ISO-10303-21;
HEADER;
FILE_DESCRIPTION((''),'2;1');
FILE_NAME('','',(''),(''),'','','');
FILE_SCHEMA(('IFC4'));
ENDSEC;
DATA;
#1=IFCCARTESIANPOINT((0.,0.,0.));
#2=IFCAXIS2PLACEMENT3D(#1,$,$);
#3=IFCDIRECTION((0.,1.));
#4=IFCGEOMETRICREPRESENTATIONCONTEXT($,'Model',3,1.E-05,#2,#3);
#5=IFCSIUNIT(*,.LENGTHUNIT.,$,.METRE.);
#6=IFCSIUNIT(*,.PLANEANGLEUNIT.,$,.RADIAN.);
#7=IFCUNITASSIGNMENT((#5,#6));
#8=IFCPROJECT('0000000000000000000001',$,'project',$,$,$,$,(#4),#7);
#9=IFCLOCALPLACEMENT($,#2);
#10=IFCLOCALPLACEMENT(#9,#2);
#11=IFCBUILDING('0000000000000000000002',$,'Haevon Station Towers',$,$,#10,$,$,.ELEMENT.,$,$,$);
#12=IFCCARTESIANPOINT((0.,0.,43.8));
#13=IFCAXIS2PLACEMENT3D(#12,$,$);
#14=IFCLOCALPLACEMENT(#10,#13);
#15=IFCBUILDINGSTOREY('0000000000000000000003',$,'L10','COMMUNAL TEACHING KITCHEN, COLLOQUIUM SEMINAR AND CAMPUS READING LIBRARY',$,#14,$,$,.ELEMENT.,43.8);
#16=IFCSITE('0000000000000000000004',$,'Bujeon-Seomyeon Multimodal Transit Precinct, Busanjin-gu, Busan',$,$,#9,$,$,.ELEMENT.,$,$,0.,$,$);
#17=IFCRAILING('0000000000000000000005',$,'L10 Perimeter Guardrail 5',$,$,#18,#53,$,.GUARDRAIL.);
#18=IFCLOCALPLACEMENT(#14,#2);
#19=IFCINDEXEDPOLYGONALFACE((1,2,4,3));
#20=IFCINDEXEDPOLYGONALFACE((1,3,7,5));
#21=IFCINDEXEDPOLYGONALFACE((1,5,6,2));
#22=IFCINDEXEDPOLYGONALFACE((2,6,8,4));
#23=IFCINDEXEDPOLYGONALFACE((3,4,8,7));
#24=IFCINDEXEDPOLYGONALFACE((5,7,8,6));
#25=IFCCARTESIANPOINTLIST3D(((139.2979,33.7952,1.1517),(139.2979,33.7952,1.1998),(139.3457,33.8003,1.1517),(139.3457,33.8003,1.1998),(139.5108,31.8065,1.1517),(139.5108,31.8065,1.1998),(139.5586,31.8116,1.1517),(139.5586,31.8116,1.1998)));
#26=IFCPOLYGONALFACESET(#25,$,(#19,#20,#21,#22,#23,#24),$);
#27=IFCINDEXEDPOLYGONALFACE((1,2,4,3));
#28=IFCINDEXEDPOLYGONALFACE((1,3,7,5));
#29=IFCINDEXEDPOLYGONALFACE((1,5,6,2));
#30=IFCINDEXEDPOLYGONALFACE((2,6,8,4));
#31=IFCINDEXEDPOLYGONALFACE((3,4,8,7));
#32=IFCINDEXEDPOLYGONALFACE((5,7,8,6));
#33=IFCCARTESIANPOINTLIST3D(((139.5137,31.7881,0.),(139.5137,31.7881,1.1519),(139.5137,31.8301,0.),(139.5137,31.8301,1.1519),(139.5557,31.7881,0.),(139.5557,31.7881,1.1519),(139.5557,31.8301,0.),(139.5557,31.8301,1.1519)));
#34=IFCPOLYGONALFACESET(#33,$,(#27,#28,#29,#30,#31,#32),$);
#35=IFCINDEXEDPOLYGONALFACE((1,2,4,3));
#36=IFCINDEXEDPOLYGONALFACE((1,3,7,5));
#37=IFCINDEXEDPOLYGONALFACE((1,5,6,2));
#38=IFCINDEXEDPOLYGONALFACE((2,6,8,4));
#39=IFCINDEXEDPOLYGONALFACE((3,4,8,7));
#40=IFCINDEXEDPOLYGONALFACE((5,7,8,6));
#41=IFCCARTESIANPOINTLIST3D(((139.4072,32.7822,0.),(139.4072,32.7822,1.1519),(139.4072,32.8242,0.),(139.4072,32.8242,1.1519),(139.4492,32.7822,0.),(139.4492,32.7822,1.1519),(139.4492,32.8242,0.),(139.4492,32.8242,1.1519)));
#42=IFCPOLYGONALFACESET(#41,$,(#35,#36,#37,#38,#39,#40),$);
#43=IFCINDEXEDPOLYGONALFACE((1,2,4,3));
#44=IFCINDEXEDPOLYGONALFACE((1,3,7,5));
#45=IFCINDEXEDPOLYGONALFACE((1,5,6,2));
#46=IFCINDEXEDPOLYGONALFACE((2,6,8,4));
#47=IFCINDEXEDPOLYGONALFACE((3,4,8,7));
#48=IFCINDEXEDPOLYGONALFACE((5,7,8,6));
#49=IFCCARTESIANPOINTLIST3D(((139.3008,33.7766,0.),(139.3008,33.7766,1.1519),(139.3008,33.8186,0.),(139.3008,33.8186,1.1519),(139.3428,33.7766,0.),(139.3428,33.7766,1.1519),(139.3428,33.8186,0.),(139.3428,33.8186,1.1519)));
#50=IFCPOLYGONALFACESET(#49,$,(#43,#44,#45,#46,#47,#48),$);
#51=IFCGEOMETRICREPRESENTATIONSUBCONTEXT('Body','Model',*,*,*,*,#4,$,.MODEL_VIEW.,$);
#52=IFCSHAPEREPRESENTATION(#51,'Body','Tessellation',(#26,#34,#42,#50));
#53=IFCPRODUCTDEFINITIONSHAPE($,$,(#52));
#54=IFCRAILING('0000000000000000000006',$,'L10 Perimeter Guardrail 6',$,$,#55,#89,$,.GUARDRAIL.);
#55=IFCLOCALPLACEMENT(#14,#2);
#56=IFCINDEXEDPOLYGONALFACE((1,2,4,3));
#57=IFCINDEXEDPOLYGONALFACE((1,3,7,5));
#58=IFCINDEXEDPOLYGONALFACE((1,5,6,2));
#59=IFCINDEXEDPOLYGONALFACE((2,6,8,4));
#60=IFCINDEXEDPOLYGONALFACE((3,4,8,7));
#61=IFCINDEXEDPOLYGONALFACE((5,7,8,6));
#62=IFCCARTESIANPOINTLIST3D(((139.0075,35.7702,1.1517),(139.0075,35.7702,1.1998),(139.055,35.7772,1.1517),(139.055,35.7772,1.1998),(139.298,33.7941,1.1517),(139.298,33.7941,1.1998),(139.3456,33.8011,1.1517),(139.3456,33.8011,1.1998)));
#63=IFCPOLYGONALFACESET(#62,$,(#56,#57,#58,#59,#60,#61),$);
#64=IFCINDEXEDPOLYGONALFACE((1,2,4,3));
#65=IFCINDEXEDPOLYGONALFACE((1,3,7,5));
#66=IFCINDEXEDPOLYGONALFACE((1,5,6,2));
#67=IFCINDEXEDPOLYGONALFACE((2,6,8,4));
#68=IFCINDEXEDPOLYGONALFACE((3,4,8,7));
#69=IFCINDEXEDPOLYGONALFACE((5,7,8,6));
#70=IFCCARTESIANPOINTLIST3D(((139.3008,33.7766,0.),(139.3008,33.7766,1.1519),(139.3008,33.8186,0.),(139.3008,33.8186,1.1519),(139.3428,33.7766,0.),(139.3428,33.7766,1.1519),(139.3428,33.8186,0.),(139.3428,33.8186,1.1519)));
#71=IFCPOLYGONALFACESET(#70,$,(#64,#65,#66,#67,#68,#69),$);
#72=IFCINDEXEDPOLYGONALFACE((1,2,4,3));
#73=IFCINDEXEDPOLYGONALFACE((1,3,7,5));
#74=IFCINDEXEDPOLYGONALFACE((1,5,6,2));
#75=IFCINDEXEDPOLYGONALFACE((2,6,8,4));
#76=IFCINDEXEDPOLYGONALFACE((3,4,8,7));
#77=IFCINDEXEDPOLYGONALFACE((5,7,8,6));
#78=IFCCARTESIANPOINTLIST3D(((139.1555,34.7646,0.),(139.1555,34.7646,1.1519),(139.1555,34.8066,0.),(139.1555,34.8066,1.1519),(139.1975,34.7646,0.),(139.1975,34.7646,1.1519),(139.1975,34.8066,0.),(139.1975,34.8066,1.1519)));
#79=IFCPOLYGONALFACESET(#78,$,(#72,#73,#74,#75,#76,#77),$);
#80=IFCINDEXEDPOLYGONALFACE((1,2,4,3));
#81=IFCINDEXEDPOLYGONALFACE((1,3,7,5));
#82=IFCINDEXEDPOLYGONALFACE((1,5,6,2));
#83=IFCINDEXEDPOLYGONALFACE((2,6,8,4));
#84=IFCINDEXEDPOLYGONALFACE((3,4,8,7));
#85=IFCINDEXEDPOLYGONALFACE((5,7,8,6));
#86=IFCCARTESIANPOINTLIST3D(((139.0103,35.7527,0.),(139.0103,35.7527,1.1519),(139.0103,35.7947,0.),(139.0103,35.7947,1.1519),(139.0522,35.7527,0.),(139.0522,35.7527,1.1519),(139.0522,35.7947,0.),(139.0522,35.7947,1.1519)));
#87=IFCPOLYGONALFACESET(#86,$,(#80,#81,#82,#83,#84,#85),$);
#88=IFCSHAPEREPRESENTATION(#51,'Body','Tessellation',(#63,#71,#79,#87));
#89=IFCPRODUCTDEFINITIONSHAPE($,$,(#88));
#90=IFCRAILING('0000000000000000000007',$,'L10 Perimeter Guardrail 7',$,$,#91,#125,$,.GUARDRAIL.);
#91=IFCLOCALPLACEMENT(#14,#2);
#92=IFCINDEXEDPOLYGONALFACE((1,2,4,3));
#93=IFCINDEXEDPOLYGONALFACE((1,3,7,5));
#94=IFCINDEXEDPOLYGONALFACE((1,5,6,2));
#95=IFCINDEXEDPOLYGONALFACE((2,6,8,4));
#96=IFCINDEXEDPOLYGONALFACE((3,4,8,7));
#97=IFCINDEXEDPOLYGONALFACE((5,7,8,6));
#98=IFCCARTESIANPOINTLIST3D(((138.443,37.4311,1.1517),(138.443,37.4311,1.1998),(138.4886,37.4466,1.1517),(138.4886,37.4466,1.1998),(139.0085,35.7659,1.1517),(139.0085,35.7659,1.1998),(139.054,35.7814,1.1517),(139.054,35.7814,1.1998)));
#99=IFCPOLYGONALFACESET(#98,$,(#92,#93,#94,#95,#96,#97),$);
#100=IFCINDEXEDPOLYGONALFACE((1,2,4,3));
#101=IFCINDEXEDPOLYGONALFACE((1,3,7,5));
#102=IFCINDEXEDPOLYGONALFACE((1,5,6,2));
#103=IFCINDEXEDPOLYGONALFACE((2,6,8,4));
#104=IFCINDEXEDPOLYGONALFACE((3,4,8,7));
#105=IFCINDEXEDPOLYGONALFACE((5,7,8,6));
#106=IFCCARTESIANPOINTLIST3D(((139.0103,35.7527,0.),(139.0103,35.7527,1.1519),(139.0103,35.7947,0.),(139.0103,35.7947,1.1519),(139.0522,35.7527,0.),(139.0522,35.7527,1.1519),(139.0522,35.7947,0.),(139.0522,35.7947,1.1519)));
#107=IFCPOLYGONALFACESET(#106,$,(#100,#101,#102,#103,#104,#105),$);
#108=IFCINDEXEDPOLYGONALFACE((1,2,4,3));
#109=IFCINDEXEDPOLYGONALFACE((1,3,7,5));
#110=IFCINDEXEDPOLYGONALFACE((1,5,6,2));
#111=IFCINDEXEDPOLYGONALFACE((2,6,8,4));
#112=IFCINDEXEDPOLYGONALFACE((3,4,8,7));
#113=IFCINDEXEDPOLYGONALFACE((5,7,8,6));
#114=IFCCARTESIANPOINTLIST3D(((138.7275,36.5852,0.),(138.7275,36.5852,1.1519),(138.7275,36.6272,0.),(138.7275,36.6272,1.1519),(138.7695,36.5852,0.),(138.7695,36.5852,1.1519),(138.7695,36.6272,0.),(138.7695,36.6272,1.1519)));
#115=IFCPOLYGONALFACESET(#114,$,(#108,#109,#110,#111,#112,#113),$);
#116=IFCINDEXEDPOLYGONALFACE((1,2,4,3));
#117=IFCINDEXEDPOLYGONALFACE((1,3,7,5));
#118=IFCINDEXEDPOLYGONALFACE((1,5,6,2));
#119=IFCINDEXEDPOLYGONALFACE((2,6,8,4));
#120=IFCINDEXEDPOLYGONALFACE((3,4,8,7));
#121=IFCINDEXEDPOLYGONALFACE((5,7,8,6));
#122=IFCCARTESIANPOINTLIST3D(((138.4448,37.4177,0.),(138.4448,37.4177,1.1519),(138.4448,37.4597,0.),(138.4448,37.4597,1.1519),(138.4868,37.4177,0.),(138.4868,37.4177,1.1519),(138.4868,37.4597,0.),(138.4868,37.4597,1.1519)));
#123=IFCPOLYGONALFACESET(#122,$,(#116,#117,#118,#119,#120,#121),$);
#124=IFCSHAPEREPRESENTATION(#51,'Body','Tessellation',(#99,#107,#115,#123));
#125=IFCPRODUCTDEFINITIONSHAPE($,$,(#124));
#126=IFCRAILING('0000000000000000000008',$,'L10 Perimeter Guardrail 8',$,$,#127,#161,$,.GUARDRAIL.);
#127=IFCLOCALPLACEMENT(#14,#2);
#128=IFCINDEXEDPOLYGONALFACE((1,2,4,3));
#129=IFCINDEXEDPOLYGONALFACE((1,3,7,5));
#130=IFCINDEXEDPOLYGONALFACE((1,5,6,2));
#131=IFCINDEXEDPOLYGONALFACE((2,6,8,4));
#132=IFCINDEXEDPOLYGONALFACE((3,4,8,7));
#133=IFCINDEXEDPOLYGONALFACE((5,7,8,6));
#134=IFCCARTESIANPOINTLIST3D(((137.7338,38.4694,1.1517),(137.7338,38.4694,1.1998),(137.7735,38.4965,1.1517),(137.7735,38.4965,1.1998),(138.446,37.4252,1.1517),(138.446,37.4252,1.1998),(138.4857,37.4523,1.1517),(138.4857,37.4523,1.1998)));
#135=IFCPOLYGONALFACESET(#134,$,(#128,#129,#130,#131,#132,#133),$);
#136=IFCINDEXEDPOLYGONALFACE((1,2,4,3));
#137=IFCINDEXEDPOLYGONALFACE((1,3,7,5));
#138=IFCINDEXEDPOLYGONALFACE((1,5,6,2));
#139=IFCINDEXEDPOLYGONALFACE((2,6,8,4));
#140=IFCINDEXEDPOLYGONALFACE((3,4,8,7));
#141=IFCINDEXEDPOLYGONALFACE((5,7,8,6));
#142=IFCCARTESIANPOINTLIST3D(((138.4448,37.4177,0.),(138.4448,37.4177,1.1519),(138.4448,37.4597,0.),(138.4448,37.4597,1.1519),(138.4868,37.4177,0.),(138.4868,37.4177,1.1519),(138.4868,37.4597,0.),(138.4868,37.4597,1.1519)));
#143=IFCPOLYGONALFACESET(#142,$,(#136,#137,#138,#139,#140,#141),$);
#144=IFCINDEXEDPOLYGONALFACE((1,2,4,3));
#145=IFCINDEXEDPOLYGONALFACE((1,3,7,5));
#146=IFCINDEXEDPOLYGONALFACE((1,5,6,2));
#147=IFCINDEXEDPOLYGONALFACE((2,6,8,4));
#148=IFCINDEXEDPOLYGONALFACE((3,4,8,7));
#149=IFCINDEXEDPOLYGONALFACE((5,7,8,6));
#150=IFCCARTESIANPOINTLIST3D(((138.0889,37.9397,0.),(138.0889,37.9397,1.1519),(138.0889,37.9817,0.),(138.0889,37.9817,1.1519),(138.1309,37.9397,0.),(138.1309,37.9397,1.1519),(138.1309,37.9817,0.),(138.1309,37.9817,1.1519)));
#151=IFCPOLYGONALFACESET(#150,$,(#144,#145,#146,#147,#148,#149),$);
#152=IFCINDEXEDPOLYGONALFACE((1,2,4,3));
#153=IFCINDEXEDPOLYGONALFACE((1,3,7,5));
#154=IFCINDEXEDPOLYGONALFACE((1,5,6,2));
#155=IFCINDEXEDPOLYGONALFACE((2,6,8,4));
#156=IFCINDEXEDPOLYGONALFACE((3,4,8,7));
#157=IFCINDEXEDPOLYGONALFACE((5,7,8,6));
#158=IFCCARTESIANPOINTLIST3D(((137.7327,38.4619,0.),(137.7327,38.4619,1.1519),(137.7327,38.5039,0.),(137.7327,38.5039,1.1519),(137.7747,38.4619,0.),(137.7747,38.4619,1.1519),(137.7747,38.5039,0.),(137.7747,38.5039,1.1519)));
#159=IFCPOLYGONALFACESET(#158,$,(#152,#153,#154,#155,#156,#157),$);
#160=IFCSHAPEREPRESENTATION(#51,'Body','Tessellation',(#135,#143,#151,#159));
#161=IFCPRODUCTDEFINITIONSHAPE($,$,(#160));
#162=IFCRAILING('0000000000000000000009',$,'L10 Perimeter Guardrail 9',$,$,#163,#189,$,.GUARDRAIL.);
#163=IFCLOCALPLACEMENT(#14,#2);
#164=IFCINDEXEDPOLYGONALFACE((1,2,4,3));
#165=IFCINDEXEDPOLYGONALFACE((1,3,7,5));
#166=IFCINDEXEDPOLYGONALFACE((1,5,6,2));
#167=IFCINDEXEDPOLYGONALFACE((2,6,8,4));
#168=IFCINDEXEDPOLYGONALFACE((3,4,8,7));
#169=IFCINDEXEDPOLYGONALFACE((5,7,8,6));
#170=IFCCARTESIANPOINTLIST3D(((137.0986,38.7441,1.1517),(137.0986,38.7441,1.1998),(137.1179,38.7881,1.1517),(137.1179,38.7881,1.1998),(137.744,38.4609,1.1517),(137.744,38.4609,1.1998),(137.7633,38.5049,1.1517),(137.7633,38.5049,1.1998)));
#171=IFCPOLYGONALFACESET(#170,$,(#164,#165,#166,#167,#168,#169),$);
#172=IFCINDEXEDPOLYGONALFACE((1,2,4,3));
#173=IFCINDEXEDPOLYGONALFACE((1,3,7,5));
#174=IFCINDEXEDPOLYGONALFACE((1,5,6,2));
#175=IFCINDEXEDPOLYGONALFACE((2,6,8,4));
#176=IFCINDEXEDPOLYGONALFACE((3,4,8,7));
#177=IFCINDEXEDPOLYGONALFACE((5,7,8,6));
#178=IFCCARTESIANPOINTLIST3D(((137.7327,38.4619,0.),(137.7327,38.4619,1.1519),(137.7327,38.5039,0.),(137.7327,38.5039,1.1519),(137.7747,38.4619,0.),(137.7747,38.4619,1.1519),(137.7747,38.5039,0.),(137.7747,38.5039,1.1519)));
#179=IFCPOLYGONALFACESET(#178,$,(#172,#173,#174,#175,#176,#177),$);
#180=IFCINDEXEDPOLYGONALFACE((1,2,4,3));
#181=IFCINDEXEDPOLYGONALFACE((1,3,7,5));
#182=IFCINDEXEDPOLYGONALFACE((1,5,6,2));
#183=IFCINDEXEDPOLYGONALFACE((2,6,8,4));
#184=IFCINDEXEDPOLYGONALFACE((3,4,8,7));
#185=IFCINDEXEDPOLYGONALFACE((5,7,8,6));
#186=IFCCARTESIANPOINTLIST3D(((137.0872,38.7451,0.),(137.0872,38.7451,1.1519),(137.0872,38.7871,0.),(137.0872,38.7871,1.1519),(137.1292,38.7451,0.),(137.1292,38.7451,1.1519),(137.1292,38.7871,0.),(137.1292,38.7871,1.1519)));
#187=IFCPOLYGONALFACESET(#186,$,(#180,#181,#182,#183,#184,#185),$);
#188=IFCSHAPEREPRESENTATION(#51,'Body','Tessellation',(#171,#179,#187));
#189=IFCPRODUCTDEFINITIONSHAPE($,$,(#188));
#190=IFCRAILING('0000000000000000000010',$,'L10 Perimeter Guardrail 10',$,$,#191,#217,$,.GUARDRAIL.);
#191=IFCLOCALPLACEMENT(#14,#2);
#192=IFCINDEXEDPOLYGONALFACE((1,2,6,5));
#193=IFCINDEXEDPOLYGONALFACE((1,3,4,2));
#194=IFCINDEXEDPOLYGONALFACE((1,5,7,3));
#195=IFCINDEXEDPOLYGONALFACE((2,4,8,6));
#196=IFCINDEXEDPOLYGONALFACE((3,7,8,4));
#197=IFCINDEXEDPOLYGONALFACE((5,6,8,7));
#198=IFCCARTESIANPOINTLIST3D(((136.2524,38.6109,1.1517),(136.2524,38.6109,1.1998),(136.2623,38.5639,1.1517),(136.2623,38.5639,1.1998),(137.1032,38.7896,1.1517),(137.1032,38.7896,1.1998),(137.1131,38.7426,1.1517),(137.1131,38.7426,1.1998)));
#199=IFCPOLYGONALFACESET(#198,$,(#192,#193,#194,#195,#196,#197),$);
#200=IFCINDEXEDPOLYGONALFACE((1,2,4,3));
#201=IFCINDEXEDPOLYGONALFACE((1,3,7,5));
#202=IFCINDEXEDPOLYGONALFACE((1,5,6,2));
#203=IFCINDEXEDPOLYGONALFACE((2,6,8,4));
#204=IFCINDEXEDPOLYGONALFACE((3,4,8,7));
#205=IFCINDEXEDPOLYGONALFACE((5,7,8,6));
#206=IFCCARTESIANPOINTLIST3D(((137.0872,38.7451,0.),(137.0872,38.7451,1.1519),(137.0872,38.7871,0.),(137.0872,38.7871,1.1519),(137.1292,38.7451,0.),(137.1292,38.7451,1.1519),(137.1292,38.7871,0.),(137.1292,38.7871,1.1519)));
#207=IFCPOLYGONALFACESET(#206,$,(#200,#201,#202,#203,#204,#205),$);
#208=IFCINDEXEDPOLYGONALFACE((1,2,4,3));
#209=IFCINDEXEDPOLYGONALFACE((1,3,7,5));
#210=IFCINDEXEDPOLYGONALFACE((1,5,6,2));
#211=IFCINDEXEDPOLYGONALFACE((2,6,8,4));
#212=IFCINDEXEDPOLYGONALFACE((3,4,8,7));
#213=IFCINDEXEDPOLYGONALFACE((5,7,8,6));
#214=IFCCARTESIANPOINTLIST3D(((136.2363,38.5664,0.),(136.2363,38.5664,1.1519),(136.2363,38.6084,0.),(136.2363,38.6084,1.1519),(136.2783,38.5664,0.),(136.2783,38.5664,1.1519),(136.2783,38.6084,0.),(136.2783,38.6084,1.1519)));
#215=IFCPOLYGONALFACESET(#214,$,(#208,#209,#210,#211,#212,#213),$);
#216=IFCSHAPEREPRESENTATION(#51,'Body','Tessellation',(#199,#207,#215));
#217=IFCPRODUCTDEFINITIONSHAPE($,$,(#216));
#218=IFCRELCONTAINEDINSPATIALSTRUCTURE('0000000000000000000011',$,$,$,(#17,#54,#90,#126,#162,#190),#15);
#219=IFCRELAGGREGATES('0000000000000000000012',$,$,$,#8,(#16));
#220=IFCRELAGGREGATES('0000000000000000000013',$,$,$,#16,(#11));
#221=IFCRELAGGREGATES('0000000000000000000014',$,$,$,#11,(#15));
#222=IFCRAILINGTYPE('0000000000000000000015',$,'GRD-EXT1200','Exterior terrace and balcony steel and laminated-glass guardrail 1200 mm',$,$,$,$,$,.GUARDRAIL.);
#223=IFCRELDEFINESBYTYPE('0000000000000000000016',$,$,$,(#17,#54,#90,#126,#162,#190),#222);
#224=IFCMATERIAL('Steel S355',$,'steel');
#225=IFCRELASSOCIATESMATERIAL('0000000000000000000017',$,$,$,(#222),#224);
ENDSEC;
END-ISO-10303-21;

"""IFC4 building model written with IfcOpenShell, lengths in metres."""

from ifc_helpers import new_model, si_unit, direction, frame, origin, origin_2d, place, context, subcontext, project, spatial, rectangle, extrude, material, type_object, element, save


model = new_model("IFC4")

# Units and contexts
model_context = context("Model", 3, precision=1e-05, world=origin(), true_north=direction((0.0, 1.0)))
body_context = subcontext(model_context, "Body", "Model", "MODEL_VIEW")
ifc_project = project(units=[si_unit("LENGTHUNIT", "METRE"), si_unit("PLANEANGLEUNIT", "RADIAN")], contexts=[model_context])

# Site, building, storey
site_placement = place(None, origin())
site = spatial("IfcSite", under=ifc_project, at=site_placement, Name="Bujeon-Seomyeon Multimodal Transit Precinct, Busanjin-gu, Busan", CompositionType="ELEMENT", RefElevation=0.0)
building_placement = place(site_placement, origin())
building = spatial("IfcBuilding", under=site, at=building_placement, Name="Haevon Station Towers", CompositionType="ELEMENT")
storey_placement = place(building_placement, frame((0.0, 0.0, 43.8)))
storey = spatial("IfcBuildingStorey", under=building, at=storey_placement, Name="L10", Description="COMMUNAL TEACHING KITCHEN, COLLOQUIUM SEMINAR AND CAMPUS READING LIBRARY", CompositionType="ELEMENT", Elevation=43.8)

# Shared definitions
ifc_material_1 = material(Name="Steel S355", Category="steel")

# Railings
railing_type = type_object("IfcRailingType", Name="GRD-EXT1200", Description="Exterior terrace and balcony steel and laminated-glass guardrail 1200 mm", PredefinedType="GUARDRAIL", material=ifc_material_1)
railing_1_placement = place(storey_placement, frame((139.5347, 31.8091, 0.0)))
element("IfcRailing", 1, at=railing_1_placement, inside=storey, type_object=railing_type, Name="L10 Perimeter Guardrail 5", PredefinedType="GUARDRAIL", context=body_context, shape_type="SweptSolid", body=[
    extrude(rectangle(XDim=0.0481, YDim=0.0481, at=origin_2d()), frame((0.0, 0.0, 1.1758), z_axis=(-0.106451, 0.994318, 0.0), x_axis=(-0.994318, -0.106451, 0.0)), (0.0, 0.0, 1.0), 2.0),
    extrude(rectangle(XDim=0.042, YDim=0.042, at=origin_2d()), origin(), (0.0, 0.0, 1.0), 1.1519),
    extrude(rectangle(XDim=0.042, YDim=0.042, at=origin_2d()), frame((-0.1064, 0.9941, 0.0)), (0.0, 0.0, 1.0), 1.1519),
    extrude(rectangle(XDim=0.042, YDim=0.042, at=origin_2d()), frame((-0.2129, 1.9885, 0.0)), (0.0, 0.0, 1.0), 1.1519),
])
railing_2_placement = place(storey_placement, frame((139.3218, 33.7976, 0.0)))
element("IfcRailing", 2, at=railing_2_placement, inside=storey, type_object=railing_type, Name="L10 Perimeter Guardrail 6", PredefinedType="GUARDRAIL", context=body_context, shape_type="SweptSolid", body=[
    extrude(rectangle(XDim=0.0481, YDim=0.0481, at=origin_2d()), frame((0.0, 0.0, 1.1758), z_axis=(-0.145459, 0.989364, 0.0), x_axis=(-0.989364, -0.145459, 0.0)), (0.0, 0.0, 1.0), 1.9973),
    extrude(rectangle(XDim=0.042, YDim=0.042, at=origin_2d()), origin(), (0.0, 0.0, 1.0), 1.1519),
    extrude(rectangle(XDim=0.042, YDim=0.042, at=origin_2d()), frame((-0.1453, 0.988, 0.0)), (0.0, 0.0, 1.0), 1.1519),
    extrude(rectangle(XDim=0.042, YDim=0.042, at=origin_2d()), frame((-0.2905, 1.9761, 0.0)), (0.0, 0.0, 1.0), 1.1519),
])
railing_3_placement = place(storey_placement, frame((139.0312, 35.7737, 0.0)))
element("IfcRailing", 3, at=railing_3_placement, inside=storey, type_object=railing_type, Name="L10 Perimeter Guardrail 7", PredefinedType="GUARDRAIL", context=body_context, shape_type="SweptSolid", body=[
    extrude(rectangle(XDim=0.0481, YDim=0.0481, at=origin_2d()), frame((0.0, 0.0, 1.1758), z_axis=(-0.321554, 0.946891, 0.0), x_axis=(-0.946891, -0.321554, 0.0)), (0.0, 0.0, 1.0), 1.7585),
    extrude(rectangle(XDim=0.042, YDim=0.042, at=origin_2d()), origin(), (0.0, 0.0, 1.0), 1.1519),
    extrude(rectangle(XDim=0.042, YDim=0.042, at=origin_2d()), frame((-0.2827, 0.8325, 0.0)), (0.0, 0.0, 1.0), 1.1519),
    extrude(rectangle(XDim=0.042, YDim=0.042, at=origin_2d()), frame((-0.5654, 1.665, 0.0)), (0.0, 0.0, 1.0), 1.1519),
])
railing_4_placement = place(storey_placement, frame((138.4658, 37.4387, 0.0)))
element("IfcRailing", 4, at=railing_4_placement, inside=storey, type_object=railing_type, Name="L10 Perimeter Guardrail 8", PredefinedType="GUARDRAIL", context=body_context, shape_type="SweptSolid", body=[
    extrude(rectangle(XDim=0.0481, YDim=0.0481, at=origin_2d()), frame((0.0, 0.0, 1.1758), z_axis=(-0.563451, 0.82615, 0.0), x_axis=(-0.82615, -0.563451, 0.0)), (0.0, 0.0, 1.0), 1.2639),
    extrude(rectangle(XDim=0.042, YDim=0.042, at=origin_2d()), origin(), (0.0, 0.0, 1.0), 1.1519),
    extrude(rectangle(XDim=0.042, YDim=0.042, at=origin_2d()), frame((-0.356, 0.522, 0.0)), (0.0, 0.0, 1.0), 1.1519),
    extrude(rectangle(XDim=0.042, YDim=0.042, at=origin_2d()), frame((-0.7122, 1.0442, 0.0)), (0.0, 0.0, 1.0), 1.1519),
])
railing_5_placement = place(storey_placement, frame((137.7537, 38.4829, 0.0)))
element("IfcRailing", 5, at=railing_5_placement, inside=storey, type_object=railing_type, Name="L10 Perimeter Guardrail 9", PredefinedType="GUARDRAIL", context=body_context, shape_type="SweptSolid", body=[
    extrude(rectangle(XDim=0.0481, YDim=0.0481, at=origin_2d()), frame((0.0, 0.0, 1.1758), z_axis=(-0.915744, 0.401763, 0.0), x_axis=(-0.401763, -0.915744, 0.0)), (0.0, 0.0, 1.0), 0.7048),
    extrude(rectangle(XDim=0.042, YDim=0.042, at=origin_2d()), origin(), (0.0, 0.0, 1.0), 1.1519),
    extrude(rectangle(XDim=0.042, YDim=0.042, at=origin_2d()), frame((-0.6455, 0.2832, 0.0)), (0.0, 0.0, 1.0), 1.1519),
])
railing_6_placement = place(storey_placement, frame((137.1082, 38.7661, 0.0)))
element("IfcRailing", 6, at=railing_6_placement, inside=storey, type_object=railing_type, Name="L10 Perimeter Guardrail 10", PredefinedType="GUARDRAIL", context=body_context, shape_type="SweptSolid", body=[
    extrude(rectangle(XDim=0.0481, YDim=0.0481, at=origin_2d()), frame((0.0, 0.0, 1.1758), z_axis=(-0.978645, -0.205558, 0.0), x_axis=(0.205558, -0.978645, 0.0)), (0.0, 0.0, 1.0), 0.8694),
    extrude(rectangle(XDim=0.042, YDim=0.042, at=origin_2d()), origin(), (0.0, 0.0, 1.0), 1.1519),
    extrude(rectangle(XDim=0.042, YDim=0.042, at=origin_2d()), frame((-0.8508, -0.1787, 0.0)), (0.0, 0.0, 1.0), 1.1519),
])

save(model, "model.ifc")
